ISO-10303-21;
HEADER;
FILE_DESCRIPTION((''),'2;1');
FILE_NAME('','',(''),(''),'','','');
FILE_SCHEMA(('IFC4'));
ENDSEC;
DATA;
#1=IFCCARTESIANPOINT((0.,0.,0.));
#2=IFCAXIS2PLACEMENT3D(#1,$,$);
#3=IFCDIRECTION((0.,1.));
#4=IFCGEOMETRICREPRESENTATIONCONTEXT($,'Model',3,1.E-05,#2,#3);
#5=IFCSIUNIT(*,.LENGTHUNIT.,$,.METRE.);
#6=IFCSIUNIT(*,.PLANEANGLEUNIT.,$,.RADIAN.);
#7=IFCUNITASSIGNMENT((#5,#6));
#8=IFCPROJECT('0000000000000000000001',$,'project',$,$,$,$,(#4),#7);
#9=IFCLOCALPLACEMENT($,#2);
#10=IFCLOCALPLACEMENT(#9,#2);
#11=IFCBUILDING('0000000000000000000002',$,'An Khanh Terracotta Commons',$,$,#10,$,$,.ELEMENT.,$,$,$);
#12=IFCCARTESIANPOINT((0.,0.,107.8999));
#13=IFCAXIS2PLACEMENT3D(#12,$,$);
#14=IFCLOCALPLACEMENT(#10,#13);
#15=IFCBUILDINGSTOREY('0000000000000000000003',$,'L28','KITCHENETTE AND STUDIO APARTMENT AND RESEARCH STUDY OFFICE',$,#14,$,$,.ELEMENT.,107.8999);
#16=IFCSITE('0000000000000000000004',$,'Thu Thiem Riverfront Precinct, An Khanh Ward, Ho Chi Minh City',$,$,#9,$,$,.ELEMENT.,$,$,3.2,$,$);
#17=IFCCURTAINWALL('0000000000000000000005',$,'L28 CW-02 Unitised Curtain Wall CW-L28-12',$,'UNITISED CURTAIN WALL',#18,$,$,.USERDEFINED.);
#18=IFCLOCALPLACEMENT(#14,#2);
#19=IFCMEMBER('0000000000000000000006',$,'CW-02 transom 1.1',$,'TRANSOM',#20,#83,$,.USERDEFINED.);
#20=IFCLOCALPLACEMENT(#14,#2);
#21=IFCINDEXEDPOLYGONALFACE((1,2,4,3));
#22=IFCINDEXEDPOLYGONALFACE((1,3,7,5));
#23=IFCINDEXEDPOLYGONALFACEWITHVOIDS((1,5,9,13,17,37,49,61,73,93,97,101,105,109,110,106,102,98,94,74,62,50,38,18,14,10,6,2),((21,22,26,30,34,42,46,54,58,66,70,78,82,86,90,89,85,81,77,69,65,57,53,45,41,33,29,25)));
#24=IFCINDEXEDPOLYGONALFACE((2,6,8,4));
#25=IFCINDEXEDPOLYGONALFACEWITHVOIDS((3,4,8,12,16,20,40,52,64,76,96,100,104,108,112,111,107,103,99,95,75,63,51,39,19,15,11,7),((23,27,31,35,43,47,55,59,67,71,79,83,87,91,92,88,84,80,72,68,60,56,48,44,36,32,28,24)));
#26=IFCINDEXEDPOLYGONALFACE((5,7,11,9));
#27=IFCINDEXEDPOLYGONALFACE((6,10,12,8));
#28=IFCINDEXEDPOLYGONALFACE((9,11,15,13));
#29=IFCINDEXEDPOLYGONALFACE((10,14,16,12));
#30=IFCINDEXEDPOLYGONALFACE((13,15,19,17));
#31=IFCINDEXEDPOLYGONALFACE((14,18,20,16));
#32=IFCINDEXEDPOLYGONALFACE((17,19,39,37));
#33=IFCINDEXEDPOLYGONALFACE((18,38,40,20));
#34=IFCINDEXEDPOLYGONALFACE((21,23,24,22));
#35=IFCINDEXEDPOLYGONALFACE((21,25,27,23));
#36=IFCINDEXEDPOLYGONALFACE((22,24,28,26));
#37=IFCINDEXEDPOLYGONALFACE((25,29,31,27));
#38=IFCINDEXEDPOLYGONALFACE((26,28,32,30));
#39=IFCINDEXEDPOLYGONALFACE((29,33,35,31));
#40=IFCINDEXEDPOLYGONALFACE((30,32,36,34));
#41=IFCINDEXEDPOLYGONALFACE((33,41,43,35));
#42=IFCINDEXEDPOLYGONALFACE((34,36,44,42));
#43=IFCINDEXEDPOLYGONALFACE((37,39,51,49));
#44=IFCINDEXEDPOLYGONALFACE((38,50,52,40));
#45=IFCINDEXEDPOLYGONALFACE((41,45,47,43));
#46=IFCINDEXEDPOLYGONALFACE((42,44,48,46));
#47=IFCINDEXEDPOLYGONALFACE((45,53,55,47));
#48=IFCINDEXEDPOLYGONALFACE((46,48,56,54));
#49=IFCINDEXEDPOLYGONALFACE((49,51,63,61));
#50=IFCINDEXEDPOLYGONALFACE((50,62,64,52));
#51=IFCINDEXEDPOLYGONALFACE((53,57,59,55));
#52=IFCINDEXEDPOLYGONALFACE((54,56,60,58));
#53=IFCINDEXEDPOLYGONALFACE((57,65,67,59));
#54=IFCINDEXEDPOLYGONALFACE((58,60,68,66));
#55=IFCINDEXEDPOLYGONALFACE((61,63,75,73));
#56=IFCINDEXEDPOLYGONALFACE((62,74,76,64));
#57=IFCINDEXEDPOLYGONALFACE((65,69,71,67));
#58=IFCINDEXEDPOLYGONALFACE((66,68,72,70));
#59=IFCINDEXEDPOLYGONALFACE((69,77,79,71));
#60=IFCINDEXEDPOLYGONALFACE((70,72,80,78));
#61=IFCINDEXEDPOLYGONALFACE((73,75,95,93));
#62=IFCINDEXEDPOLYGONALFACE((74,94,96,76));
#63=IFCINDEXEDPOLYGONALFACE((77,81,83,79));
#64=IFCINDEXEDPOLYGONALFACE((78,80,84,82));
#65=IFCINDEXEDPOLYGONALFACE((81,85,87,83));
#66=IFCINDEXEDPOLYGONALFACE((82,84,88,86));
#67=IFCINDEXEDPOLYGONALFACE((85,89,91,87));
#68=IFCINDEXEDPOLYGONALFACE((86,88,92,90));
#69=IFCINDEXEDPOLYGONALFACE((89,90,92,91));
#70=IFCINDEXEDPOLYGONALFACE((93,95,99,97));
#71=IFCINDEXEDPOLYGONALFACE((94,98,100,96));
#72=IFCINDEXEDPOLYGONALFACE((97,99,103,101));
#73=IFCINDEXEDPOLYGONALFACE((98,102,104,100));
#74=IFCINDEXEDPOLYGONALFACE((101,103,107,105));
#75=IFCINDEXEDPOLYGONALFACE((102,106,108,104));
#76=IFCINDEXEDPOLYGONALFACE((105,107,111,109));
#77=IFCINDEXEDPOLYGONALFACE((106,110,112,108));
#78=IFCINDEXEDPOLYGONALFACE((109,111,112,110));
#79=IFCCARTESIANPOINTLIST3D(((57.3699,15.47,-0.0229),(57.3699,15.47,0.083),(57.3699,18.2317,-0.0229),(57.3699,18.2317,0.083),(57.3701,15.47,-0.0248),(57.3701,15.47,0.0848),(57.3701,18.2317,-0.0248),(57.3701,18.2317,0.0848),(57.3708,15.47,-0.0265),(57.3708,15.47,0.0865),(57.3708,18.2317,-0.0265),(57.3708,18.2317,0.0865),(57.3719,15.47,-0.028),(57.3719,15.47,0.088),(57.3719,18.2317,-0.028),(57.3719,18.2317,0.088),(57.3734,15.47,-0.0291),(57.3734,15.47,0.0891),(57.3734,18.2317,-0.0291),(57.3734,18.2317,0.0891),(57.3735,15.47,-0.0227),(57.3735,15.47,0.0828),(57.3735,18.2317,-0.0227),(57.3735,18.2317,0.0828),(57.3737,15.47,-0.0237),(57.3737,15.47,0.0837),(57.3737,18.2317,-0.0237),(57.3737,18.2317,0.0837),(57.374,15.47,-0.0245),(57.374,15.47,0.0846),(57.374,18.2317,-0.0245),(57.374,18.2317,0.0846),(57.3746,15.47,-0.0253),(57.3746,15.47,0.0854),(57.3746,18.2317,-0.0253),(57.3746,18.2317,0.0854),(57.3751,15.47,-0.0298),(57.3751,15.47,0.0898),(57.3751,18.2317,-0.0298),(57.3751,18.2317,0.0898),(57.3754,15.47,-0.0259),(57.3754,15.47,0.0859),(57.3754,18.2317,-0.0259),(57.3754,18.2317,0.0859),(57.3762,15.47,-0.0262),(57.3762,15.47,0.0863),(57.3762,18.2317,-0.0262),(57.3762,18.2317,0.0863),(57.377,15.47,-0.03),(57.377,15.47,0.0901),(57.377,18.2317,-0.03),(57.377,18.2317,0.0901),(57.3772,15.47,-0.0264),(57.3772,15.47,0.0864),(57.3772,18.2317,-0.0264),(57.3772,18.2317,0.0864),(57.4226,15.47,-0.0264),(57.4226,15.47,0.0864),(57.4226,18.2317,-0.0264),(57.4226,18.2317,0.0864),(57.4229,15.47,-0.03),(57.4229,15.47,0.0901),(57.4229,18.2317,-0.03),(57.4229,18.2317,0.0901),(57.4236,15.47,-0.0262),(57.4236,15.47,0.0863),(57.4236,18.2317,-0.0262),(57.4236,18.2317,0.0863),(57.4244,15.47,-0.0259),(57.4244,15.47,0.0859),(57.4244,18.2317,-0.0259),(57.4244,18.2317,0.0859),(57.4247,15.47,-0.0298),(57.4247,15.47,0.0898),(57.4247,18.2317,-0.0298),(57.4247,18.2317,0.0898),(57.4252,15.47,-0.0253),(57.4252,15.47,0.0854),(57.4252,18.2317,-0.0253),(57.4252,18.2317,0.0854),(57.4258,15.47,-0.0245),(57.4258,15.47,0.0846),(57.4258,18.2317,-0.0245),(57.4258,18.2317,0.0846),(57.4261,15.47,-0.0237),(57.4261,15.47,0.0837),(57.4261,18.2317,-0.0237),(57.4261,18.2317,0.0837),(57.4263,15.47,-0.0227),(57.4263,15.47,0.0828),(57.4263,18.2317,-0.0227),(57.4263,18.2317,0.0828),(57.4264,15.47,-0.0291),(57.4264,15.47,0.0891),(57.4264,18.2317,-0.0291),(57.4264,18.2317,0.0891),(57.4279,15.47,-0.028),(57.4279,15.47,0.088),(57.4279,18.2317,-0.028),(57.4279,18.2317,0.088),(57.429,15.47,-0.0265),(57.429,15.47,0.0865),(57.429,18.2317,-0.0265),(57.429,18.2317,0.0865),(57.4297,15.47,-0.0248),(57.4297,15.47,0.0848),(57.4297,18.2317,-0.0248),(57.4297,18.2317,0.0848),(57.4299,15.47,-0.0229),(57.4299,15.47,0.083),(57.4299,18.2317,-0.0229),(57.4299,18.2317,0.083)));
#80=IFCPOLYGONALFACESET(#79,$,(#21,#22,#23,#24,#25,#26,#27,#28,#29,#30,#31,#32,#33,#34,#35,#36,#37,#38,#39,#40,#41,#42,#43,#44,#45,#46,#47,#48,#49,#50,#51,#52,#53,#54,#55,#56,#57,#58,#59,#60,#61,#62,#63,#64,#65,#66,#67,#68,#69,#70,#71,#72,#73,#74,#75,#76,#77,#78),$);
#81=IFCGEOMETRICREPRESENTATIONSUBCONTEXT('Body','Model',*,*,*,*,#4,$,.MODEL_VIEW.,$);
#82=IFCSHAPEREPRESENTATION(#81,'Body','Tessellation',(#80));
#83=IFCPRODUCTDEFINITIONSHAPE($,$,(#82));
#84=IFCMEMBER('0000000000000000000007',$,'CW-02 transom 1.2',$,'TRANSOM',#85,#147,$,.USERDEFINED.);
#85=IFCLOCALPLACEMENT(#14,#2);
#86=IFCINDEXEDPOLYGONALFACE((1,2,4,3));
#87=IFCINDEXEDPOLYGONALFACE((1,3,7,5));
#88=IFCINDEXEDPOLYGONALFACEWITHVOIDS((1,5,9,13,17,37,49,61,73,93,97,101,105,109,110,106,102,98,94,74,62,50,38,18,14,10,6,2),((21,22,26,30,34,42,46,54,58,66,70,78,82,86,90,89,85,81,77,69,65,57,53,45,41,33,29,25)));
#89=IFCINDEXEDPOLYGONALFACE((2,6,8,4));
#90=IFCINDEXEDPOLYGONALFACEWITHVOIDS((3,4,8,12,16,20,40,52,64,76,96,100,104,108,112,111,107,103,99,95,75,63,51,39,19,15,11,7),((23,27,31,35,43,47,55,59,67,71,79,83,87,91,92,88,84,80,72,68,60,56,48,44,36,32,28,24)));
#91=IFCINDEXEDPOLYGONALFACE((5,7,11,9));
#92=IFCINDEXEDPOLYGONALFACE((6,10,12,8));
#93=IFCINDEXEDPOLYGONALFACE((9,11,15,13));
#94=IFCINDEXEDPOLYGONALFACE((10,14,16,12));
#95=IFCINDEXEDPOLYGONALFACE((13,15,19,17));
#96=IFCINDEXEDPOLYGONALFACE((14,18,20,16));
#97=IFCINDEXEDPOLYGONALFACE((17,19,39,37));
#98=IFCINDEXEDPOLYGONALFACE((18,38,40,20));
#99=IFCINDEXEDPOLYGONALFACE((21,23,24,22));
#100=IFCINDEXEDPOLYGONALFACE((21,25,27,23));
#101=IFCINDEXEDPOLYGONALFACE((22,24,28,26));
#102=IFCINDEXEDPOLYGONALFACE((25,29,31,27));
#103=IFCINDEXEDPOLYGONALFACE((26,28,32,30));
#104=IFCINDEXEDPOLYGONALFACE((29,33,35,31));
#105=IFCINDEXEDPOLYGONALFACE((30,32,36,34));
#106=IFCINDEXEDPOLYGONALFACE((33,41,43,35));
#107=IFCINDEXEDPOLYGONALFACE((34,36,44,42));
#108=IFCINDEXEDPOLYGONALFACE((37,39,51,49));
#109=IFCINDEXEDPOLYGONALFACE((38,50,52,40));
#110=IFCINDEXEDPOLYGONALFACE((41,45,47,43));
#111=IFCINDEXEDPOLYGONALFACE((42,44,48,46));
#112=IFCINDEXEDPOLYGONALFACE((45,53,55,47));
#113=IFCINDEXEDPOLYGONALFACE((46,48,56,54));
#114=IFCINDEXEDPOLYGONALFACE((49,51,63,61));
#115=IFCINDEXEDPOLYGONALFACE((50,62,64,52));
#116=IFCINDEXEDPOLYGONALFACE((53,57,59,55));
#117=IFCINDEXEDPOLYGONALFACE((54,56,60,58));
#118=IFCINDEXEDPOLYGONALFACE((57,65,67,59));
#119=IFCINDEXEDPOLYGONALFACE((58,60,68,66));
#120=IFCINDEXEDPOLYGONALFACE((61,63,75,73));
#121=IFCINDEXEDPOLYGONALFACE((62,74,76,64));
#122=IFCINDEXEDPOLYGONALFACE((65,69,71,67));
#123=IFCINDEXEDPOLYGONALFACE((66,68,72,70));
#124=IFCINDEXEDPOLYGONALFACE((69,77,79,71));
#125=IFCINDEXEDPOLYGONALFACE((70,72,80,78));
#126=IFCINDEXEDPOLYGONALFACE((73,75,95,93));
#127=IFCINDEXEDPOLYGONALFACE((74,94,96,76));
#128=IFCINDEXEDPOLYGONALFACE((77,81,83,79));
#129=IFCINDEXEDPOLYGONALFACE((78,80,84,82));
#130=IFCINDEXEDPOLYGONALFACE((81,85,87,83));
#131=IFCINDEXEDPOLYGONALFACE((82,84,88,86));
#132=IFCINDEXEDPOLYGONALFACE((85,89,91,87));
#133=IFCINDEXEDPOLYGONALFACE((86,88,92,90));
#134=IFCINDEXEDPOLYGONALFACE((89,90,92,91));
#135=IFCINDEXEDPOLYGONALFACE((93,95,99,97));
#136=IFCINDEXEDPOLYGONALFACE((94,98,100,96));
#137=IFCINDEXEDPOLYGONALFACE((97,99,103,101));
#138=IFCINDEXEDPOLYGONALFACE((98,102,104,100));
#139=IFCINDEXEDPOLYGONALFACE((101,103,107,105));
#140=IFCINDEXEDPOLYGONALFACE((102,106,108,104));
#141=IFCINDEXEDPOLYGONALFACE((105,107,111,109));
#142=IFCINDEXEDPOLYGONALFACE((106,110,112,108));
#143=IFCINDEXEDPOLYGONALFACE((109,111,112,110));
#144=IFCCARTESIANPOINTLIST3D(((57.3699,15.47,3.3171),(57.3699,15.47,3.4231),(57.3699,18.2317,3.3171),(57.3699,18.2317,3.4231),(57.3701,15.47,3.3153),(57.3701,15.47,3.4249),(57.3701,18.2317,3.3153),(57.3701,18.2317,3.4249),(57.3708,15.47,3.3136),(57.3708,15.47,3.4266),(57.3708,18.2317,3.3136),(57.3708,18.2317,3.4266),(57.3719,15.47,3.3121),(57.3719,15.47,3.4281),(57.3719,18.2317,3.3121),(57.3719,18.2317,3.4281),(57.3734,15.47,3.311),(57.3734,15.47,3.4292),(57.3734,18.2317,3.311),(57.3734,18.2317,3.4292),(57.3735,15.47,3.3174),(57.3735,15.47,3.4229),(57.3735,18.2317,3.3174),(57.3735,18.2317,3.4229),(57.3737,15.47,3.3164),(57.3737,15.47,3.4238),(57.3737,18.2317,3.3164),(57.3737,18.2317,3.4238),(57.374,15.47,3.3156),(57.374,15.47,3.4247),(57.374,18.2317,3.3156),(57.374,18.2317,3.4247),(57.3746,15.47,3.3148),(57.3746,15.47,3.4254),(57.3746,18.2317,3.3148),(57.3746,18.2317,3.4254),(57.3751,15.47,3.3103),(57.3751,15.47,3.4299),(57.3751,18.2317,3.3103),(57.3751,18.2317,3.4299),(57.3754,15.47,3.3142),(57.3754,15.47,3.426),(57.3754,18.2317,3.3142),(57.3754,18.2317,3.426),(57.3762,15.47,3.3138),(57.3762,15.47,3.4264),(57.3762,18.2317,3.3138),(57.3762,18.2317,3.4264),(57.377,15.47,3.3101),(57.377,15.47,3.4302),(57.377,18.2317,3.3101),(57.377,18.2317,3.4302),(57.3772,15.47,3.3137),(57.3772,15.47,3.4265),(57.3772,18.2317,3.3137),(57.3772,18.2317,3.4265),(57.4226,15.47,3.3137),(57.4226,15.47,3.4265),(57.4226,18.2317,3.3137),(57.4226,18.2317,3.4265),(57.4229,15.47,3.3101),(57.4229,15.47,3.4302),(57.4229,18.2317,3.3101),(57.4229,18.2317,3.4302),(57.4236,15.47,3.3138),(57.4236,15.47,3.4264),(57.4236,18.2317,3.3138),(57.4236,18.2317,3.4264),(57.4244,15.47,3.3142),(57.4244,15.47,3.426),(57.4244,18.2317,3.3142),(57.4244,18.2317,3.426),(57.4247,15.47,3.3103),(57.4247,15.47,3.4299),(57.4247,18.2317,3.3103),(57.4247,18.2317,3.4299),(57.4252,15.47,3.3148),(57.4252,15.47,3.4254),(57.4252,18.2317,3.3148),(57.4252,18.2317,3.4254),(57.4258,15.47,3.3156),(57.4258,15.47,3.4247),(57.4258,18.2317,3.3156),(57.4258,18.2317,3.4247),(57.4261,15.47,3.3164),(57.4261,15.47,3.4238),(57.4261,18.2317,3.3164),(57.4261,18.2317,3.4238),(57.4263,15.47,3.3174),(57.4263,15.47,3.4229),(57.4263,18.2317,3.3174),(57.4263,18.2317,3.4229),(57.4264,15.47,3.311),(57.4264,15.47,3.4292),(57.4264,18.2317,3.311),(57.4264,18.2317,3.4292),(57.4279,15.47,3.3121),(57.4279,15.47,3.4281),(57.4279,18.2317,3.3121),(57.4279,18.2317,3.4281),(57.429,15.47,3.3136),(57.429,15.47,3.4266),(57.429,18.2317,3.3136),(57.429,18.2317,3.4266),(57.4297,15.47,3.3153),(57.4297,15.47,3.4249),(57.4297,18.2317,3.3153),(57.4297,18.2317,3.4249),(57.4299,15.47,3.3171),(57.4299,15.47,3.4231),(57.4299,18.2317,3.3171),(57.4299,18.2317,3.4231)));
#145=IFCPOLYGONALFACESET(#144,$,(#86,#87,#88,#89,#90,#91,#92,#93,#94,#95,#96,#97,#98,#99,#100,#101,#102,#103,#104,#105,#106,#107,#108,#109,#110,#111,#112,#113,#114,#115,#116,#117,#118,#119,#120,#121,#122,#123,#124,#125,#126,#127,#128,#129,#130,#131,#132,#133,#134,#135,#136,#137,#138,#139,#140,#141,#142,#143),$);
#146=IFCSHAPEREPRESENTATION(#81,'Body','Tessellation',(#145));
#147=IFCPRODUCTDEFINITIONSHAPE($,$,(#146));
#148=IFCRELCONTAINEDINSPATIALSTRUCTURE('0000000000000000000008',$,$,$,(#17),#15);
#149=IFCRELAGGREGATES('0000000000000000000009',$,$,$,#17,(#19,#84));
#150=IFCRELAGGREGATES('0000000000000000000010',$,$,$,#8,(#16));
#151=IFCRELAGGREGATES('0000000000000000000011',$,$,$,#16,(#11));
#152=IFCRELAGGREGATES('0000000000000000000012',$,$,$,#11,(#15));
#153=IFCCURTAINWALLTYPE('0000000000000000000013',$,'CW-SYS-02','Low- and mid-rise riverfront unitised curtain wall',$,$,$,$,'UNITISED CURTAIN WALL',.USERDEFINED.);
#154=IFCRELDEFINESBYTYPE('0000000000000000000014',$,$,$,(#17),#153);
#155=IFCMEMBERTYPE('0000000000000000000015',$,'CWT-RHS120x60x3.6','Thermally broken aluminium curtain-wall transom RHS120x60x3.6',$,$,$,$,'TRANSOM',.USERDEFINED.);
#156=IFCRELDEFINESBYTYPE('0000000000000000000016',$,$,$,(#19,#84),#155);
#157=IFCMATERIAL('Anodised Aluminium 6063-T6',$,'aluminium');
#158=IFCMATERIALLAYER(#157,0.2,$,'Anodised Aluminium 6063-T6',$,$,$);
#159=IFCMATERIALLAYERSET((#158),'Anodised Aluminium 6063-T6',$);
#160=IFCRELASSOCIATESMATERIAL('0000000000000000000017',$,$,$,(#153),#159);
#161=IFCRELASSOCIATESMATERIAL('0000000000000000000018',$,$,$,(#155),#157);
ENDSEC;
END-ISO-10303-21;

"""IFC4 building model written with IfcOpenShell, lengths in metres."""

from ifc_helpers import new_model, si_unit, direction, frame, origin, origin_2d, place, context, subcontext, project, spatial, hollow_rectangle, extrude, material, layer, layer_set, material_profile, profile_set, type_object, element, aggregate, save


model = new_model("IFC4")

# Units and contexts
model_context = context("Model", 3, precision=1e-05, world=origin(), true_north=direction((0.0, 1.0)))
body_context = subcontext(model_context, "Body", "Model", "MODEL_VIEW")
ifc_project = project(units=[si_unit("LENGTHUNIT", "METRE"), si_unit("PLANEANGLEUNIT", "RADIAN")], contexts=[model_context])

# Site, building, storey
site_placement = place(None, origin())
site = spatial("IfcSite", under=ifc_project, at=site_placement, Name="Thu Thiem Riverfront Precinct, An Khanh Ward, Ho Chi Minh City", CompositionType="ELEMENT", RefElevation=3.2)
building_placement = place(site_placement, origin())
building = spatial("IfcBuilding", under=site, at=building_placement, Name="An Khanh Terracotta Commons", CompositionType="ELEMENT")
storey_placement = place(building_placement, frame((0.0, 0.0, 107.8999)))
storey = spatial("IfcBuildingStorey", under=building, at=storey_placement, Name="L28", Description="KITCHENETTE AND STUDIO APARTMENT AND RESEARCH STUDY OFFICE", CompositionType="ELEMENT", Elevation=107.8999)

# Curtain wall
ifc_material_1 = material(Name="Anodised Aluminium 6063-T6", Category="aluminium")
ifc_layer_1 = layer(ifc_material_1, 0.2, Name="Anodised Aluminium 6063-T6")
ifc_layer_set_1 = layer_set([ifc_layer_1], Name="Anodised Aluminium 6063-T6")
curtain_wall_type = type_object("IfcCurtainWallType", Name="CW-SYS-02", Description="Low- and mid-rise riverfront unitised curtain wall", ElementType="UNITISED CURTAIN WALL", PredefinedType="USERDEFINED", material=ifc_layer_set_1)
curtain_wall_1_placement = place(storey_placement, origin())
curtain_wall_1 = element("IfcCurtainWall", 1, at=curtain_wall_1_placement, inside=storey, type_object=curtain_wall_type, Name="L28 CW-02 Unitised Curtain Wall CW-L28-12", ObjectType="UNITISED CURTAIN WALL", PredefinedType="USERDEFINED")

# Members
ifc_material_profile_1 = material_profile(ifc_material_1, hollow_rectangle(XDim=0.0601, YDim=0.1201, WallThickness=0.0037, InnerFilletRadius=0.0037, OuterFilletRadius=0.0071, at=origin_2d()), Name="RHS120x60x3.6")
ifc_profile_set_1 = profile_set([ifc_material_profile_1], Name="Anodised Aluminium 6063-T6")
member_type_1 = type_object("IfcMemberType", Name="CWT-RHS120x60x3.6", Description="Thermally broken aluminium curtain-wall transom RHS120x60x3.6", ElementType="TRANSOM", PredefinedType="USERDEFINED", material=ifc_profile_set_1)
member_1_placement = place(storey_placement, frame((57.3999, 15.47, 0.03), z_axis=(0.0, 1.0, 0.0), x_axis=(-1.0, 0.0, 0.0)))
member_1 = element("IfcMember", 2, at=member_1_placement, type_object=member_type_1, Name="CW-02 transom 1.1", ObjectType="TRANSOM", PredefinedType="USERDEFINED", context=body_context, shape_type="SweptSolid", body=[
    extrude(hollow_rectangle(XDim=0.0601, YDim=0.1201, WallThickness=0.0037, InnerFilletRadius=0.0037, OuterFilletRadius=0.0071, at=origin_2d()), origin(), (0.0, 0.0, 1.0), 2.7617),
])
member_2_placement = place(storey_placement, frame((57.3999, 15.47, 3.3701), z_axis=(0.0, 1.0, 0.0), x_axis=(-1.0, 0.0, 0.0)))
member_2 = element("IfcMember", 3, at=member_2_placement, type_object=member_type_1, Name="CW-02 transom 1.2", ObjectType="TRANSOM", PredefinedType="USERDEFINED", context=body_context, shape_type="SweptSolid", body=[
    extrude(hollow_rectangle(XDim=0.0601, YDim=0.1201, WallThickness=0.0037, InnerFilletRadius=0.0037, OuterFilletRadius=0.0071, at=origin_2d()), origin(), (0.0, 0.0, 1.0), 2.7617),
])

aggregate(curtain_wall_1, [member_1, member_2])

save(model, "model.ifc")
